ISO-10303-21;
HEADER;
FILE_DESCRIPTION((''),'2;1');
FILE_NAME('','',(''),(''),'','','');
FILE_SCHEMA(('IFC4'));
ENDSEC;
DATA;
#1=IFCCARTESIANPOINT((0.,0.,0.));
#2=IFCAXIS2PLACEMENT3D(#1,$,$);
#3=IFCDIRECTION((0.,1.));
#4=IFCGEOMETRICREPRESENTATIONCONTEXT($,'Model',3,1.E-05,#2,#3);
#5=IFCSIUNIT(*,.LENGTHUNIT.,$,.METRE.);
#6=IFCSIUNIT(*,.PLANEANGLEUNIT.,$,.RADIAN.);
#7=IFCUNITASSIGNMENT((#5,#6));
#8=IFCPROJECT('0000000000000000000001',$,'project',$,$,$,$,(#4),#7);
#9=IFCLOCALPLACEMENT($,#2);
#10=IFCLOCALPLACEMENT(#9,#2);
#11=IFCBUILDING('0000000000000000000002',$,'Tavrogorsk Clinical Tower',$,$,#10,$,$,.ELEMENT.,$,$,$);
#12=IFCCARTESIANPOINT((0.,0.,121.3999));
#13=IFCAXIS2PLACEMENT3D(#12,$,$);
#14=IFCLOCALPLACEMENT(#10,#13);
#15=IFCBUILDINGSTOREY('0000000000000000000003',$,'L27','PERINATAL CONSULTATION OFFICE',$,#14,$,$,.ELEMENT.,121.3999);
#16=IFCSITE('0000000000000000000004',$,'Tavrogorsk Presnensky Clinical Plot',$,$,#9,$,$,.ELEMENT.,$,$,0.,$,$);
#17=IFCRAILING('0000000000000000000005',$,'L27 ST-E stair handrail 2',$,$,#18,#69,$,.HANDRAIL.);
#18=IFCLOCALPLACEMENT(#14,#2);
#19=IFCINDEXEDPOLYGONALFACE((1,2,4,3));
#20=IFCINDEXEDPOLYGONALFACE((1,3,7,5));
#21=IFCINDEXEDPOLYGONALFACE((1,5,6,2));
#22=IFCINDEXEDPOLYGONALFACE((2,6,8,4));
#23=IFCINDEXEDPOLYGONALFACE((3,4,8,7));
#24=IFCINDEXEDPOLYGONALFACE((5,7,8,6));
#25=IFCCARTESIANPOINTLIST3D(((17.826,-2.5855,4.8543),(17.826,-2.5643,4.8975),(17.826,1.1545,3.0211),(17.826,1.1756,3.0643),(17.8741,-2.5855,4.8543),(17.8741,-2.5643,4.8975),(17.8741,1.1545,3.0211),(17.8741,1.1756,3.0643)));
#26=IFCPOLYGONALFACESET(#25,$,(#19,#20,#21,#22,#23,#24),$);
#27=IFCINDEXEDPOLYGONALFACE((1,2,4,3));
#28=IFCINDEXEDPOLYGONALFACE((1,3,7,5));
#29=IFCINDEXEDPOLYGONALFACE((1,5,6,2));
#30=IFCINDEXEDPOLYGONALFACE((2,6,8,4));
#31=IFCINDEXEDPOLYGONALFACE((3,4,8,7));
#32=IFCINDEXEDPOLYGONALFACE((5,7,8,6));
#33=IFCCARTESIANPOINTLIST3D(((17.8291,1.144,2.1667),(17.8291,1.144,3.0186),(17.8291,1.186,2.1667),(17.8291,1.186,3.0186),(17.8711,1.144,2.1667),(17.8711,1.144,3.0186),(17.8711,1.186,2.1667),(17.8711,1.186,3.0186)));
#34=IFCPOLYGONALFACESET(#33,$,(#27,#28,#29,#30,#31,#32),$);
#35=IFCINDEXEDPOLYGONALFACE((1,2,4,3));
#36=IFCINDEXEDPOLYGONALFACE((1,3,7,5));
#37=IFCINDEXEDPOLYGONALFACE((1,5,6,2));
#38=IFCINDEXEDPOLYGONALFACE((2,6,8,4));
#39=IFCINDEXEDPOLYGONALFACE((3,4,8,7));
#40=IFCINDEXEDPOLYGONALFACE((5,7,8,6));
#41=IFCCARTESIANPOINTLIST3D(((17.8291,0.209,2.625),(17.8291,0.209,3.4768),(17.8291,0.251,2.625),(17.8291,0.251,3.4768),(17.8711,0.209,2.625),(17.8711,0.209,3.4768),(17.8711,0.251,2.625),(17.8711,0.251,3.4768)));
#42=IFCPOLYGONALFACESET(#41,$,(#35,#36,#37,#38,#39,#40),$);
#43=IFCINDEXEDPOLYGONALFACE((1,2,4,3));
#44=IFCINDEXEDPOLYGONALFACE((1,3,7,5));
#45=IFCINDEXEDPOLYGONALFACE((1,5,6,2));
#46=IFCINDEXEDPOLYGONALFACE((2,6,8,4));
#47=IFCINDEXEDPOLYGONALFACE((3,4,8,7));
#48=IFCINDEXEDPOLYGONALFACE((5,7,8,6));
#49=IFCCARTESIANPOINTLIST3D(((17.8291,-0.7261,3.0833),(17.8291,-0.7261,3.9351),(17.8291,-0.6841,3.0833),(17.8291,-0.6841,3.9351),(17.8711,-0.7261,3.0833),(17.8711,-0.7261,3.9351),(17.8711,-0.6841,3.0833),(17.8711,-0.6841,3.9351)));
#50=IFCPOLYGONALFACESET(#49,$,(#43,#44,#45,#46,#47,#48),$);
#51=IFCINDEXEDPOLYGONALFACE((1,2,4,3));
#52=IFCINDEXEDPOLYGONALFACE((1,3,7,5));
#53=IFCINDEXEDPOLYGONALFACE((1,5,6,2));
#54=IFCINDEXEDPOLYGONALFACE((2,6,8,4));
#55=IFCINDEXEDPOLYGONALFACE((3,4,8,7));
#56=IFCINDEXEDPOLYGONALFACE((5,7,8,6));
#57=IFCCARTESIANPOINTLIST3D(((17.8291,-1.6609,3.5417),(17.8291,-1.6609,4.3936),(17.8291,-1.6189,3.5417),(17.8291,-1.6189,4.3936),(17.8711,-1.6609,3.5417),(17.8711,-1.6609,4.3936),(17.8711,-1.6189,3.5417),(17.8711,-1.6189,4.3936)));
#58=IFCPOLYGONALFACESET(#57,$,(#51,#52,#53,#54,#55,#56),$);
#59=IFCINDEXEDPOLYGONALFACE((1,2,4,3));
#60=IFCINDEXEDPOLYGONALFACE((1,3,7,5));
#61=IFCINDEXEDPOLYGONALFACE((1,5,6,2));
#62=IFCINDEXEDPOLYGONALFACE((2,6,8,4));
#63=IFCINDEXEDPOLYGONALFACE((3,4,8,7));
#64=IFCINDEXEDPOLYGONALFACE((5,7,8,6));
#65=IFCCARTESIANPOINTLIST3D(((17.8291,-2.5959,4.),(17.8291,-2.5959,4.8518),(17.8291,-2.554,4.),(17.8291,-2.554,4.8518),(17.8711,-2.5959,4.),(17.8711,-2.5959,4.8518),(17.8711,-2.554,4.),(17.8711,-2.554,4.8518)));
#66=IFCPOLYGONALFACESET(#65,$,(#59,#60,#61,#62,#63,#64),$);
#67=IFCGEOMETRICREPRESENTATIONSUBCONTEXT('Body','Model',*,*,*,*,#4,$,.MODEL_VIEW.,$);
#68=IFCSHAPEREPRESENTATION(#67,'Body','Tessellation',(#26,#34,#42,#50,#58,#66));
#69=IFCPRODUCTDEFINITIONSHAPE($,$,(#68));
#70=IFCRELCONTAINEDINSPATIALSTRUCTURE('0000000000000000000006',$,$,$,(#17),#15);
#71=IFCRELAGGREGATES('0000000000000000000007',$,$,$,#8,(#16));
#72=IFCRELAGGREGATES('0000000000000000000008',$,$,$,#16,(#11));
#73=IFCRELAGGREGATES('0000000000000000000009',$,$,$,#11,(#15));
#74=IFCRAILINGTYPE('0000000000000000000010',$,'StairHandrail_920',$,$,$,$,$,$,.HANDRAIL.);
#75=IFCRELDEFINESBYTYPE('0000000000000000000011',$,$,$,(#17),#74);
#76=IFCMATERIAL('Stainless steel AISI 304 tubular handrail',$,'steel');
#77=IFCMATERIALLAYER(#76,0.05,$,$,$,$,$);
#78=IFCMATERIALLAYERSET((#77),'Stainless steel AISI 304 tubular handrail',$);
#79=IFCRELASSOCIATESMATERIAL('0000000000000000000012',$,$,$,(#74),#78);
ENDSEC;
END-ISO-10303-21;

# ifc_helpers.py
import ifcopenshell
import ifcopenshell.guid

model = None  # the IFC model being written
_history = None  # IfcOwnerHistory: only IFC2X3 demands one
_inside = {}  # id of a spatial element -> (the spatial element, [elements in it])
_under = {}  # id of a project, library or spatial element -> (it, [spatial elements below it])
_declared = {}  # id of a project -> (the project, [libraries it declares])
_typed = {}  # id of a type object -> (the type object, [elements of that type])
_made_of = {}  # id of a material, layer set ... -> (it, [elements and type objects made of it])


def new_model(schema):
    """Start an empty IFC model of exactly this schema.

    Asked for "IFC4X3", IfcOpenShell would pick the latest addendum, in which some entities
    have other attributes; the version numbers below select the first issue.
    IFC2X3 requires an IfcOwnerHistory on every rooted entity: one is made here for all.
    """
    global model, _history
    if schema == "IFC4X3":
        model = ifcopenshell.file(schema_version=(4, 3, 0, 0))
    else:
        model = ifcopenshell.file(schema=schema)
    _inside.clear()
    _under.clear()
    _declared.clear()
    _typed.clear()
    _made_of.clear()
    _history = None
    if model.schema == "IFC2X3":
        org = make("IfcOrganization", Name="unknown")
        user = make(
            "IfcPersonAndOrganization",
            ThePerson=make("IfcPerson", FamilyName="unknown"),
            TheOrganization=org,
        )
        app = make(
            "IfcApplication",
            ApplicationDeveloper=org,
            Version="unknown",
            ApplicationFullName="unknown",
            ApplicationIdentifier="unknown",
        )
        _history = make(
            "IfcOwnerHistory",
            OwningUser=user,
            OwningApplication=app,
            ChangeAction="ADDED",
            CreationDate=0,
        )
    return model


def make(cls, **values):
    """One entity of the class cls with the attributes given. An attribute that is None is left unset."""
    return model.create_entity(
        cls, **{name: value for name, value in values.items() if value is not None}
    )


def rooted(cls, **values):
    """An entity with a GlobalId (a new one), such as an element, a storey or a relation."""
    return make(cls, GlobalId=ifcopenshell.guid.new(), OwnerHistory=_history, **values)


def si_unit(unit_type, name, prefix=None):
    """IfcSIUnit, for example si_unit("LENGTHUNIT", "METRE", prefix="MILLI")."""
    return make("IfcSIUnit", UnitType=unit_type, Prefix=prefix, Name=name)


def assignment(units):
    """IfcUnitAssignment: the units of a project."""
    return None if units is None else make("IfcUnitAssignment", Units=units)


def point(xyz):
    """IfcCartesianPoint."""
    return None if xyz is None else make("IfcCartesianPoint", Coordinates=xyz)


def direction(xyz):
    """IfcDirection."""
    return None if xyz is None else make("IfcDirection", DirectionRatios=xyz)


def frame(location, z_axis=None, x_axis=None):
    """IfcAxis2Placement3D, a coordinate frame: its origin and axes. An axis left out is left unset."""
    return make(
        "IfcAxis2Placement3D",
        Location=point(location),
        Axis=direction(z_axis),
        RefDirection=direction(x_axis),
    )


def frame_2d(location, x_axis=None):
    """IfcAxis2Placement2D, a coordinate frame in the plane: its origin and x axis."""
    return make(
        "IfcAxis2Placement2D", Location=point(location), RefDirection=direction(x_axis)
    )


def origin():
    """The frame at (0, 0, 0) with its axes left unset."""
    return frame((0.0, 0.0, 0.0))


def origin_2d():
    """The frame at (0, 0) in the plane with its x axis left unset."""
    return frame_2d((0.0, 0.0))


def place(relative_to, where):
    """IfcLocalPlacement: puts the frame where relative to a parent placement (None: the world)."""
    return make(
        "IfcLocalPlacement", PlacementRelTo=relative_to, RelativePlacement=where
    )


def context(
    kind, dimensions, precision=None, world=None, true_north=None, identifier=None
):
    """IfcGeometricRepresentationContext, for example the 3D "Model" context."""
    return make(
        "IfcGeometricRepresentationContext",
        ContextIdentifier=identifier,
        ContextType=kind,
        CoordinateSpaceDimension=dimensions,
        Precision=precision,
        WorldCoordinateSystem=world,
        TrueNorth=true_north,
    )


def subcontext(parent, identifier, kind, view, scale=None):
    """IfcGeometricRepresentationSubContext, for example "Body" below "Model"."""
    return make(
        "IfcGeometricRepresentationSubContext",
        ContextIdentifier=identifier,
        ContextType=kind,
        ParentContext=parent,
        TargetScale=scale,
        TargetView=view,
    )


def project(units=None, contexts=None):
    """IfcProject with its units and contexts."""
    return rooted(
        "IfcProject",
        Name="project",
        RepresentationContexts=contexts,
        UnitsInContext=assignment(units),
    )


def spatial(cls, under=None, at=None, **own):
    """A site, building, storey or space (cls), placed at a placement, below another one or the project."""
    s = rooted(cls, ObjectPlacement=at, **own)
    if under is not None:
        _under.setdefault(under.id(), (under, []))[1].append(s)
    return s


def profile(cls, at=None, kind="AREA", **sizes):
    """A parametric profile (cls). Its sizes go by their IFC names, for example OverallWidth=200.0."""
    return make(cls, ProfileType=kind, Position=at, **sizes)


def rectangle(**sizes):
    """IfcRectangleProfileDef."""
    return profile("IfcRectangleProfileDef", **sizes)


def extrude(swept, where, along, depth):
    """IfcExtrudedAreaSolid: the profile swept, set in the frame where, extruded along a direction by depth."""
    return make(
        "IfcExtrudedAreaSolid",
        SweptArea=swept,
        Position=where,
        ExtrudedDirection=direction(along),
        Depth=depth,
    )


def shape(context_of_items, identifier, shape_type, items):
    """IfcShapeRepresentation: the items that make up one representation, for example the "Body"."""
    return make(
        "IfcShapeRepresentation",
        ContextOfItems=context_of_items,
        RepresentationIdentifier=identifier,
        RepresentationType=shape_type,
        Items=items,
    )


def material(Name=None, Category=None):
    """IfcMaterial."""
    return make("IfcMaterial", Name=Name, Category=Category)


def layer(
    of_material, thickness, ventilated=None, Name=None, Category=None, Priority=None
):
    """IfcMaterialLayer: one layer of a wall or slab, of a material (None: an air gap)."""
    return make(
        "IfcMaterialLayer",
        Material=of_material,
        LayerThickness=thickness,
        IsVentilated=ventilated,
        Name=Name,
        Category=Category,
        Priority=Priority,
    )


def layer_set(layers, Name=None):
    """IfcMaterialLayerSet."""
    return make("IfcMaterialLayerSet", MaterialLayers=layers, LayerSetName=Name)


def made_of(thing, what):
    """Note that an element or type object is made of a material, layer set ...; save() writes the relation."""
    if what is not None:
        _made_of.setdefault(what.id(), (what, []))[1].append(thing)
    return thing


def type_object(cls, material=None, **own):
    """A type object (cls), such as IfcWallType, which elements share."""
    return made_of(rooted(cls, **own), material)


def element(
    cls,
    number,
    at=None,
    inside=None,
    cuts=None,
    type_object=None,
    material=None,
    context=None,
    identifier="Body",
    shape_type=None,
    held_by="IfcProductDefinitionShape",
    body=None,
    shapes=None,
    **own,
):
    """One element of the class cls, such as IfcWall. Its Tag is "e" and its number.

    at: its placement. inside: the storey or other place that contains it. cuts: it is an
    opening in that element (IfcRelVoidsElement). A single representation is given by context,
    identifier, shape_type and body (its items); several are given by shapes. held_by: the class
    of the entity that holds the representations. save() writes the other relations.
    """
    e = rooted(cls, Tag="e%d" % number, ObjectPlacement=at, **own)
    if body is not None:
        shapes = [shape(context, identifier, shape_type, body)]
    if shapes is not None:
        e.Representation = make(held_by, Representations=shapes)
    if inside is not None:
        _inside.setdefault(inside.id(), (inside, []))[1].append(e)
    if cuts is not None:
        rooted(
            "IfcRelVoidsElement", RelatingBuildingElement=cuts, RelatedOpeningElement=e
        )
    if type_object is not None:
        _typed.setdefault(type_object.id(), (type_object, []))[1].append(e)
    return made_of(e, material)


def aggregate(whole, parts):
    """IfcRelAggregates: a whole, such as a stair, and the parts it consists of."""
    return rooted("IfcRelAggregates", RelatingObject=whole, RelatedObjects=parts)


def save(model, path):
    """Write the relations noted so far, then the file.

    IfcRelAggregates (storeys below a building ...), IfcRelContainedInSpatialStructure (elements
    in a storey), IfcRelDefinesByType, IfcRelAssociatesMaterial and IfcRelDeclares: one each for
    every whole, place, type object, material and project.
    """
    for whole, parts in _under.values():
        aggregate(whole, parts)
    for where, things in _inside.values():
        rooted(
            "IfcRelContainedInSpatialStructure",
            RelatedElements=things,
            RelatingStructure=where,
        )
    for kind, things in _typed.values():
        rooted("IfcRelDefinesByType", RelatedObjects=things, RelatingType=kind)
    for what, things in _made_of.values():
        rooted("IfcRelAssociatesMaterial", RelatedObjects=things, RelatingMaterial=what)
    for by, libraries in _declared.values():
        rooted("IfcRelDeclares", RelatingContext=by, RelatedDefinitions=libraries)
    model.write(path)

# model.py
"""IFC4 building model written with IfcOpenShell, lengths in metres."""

from ifc_helpers import new_model, si_unit, direction, frame, origin, origin_2d, place, context, subcontext, project, spatial, rectangle, extrude, material, layer, layer_set, type_object, element, save


model = new_model("IFC4")

# Units and contexts
model_context = context("Model", 3, precision=1e-05, world=origin(), true_north=direction((0.0, 1.0)))
body_context = subcontext(model_context, "Body", "Model", "MODEL_VIEW")
ifc_project = project(units=[si_unit("LENGTHUNIT", "METRE"), si_unit("PLANEANGLEUNIT", "RADIAN")], contexts=[model_context])

# Site, building, storey
site_placement = place(None, origin())
site = spatial("IfcSite", under=ifc_project, at=site_placement, Name="Tavrogorsk Presnensky Clinical Plot", CompositionType="ELEMENT", RefElevation=0.0)
building_placement = place(site_placement, origin())
building = spatial("IfcBuilding", under=site, at=building_placement, Name="Tavrogorsk Clinical Tower", CompositionType="ELEMENT")
storey_placement = place(building_placement, frame((0.0, 0.0, 121.3999)))
storey = spatial("IfcBuildingStorey", under=building, at=storey_placement, Name="L27", Description="PERINATAL CONSULTATION OFFICE", CompositionType="ELEMENT", Elevation=121.3999)

# Railing
ifc_material_1 = material(Name="Stainless steel AISI 304 tubular handrail", Category="steel")
ifc_layer_1 = layer(ifc_material_1, 0.05)
ifc_layer_set_1 = layer_set([ifc_layer_1], Name="Stainless steel AISI 304 tubular handrail")
railing_type = type_object("IfcRailingType", Name="StairHandrail_920", PredefinedType="HANDRAIL", material=ifc_layer_set_1)
railing_placement = place(storey_placement, frame((17.8501, 1.165, 2.1667)))
element("IfcRailing", 1, at=railing_placement, inside=storey, type_object=railing_type, Name="L27 ST-E stair handrail 2", PredefinedType="HANDRAIL", context=body_context, shape_type="SweptSolid", body=[
    extrude(rectangle(XDim=0.0481, YDim=0.0481, at=origin_2d()), frame((0.0, 0.0, 0.876), z_axis=(0.0, -0.897928, 0.440142), x_axis=(1.0, 0.0, 0.0)), (0.0, 0.0, 1.0), 4.165),
    extrude(rectangle(XDim=0.042, YDim=0.042, at=origin_2d()), origin(), (0.0, 0.0, 1.0), 0.8518),
    extrude(rectangle(XDim=0.042, YDim=0.042, at=origin_2d()), frame((0.0, -0.9351, 0.4583)), (0.0, 0.0, 1.0), 0.8518),
    extrude(rectangle(XDim=0.042, YDim=0.042, at=origin_2d()), frame((0.0, -1.8701, 0.9165)), (0.0, 0.0, 1.0), 0.8518),
    extrude(rectangle(XDim=0.042, YDim=0.042, at=origin_2d()), frame((0.0, -2.8049, 1.375)), (0.0, 0.0, 1.0), 0.8518),
    extrude(rectangle(XDim=0.042, YDim=0.042, at=origin_2d()), frame((0.0, -3.74, 1.8333)), (0.0, 0.0, 1.0), 0.8518),
])

save(model, "model.ifc")
